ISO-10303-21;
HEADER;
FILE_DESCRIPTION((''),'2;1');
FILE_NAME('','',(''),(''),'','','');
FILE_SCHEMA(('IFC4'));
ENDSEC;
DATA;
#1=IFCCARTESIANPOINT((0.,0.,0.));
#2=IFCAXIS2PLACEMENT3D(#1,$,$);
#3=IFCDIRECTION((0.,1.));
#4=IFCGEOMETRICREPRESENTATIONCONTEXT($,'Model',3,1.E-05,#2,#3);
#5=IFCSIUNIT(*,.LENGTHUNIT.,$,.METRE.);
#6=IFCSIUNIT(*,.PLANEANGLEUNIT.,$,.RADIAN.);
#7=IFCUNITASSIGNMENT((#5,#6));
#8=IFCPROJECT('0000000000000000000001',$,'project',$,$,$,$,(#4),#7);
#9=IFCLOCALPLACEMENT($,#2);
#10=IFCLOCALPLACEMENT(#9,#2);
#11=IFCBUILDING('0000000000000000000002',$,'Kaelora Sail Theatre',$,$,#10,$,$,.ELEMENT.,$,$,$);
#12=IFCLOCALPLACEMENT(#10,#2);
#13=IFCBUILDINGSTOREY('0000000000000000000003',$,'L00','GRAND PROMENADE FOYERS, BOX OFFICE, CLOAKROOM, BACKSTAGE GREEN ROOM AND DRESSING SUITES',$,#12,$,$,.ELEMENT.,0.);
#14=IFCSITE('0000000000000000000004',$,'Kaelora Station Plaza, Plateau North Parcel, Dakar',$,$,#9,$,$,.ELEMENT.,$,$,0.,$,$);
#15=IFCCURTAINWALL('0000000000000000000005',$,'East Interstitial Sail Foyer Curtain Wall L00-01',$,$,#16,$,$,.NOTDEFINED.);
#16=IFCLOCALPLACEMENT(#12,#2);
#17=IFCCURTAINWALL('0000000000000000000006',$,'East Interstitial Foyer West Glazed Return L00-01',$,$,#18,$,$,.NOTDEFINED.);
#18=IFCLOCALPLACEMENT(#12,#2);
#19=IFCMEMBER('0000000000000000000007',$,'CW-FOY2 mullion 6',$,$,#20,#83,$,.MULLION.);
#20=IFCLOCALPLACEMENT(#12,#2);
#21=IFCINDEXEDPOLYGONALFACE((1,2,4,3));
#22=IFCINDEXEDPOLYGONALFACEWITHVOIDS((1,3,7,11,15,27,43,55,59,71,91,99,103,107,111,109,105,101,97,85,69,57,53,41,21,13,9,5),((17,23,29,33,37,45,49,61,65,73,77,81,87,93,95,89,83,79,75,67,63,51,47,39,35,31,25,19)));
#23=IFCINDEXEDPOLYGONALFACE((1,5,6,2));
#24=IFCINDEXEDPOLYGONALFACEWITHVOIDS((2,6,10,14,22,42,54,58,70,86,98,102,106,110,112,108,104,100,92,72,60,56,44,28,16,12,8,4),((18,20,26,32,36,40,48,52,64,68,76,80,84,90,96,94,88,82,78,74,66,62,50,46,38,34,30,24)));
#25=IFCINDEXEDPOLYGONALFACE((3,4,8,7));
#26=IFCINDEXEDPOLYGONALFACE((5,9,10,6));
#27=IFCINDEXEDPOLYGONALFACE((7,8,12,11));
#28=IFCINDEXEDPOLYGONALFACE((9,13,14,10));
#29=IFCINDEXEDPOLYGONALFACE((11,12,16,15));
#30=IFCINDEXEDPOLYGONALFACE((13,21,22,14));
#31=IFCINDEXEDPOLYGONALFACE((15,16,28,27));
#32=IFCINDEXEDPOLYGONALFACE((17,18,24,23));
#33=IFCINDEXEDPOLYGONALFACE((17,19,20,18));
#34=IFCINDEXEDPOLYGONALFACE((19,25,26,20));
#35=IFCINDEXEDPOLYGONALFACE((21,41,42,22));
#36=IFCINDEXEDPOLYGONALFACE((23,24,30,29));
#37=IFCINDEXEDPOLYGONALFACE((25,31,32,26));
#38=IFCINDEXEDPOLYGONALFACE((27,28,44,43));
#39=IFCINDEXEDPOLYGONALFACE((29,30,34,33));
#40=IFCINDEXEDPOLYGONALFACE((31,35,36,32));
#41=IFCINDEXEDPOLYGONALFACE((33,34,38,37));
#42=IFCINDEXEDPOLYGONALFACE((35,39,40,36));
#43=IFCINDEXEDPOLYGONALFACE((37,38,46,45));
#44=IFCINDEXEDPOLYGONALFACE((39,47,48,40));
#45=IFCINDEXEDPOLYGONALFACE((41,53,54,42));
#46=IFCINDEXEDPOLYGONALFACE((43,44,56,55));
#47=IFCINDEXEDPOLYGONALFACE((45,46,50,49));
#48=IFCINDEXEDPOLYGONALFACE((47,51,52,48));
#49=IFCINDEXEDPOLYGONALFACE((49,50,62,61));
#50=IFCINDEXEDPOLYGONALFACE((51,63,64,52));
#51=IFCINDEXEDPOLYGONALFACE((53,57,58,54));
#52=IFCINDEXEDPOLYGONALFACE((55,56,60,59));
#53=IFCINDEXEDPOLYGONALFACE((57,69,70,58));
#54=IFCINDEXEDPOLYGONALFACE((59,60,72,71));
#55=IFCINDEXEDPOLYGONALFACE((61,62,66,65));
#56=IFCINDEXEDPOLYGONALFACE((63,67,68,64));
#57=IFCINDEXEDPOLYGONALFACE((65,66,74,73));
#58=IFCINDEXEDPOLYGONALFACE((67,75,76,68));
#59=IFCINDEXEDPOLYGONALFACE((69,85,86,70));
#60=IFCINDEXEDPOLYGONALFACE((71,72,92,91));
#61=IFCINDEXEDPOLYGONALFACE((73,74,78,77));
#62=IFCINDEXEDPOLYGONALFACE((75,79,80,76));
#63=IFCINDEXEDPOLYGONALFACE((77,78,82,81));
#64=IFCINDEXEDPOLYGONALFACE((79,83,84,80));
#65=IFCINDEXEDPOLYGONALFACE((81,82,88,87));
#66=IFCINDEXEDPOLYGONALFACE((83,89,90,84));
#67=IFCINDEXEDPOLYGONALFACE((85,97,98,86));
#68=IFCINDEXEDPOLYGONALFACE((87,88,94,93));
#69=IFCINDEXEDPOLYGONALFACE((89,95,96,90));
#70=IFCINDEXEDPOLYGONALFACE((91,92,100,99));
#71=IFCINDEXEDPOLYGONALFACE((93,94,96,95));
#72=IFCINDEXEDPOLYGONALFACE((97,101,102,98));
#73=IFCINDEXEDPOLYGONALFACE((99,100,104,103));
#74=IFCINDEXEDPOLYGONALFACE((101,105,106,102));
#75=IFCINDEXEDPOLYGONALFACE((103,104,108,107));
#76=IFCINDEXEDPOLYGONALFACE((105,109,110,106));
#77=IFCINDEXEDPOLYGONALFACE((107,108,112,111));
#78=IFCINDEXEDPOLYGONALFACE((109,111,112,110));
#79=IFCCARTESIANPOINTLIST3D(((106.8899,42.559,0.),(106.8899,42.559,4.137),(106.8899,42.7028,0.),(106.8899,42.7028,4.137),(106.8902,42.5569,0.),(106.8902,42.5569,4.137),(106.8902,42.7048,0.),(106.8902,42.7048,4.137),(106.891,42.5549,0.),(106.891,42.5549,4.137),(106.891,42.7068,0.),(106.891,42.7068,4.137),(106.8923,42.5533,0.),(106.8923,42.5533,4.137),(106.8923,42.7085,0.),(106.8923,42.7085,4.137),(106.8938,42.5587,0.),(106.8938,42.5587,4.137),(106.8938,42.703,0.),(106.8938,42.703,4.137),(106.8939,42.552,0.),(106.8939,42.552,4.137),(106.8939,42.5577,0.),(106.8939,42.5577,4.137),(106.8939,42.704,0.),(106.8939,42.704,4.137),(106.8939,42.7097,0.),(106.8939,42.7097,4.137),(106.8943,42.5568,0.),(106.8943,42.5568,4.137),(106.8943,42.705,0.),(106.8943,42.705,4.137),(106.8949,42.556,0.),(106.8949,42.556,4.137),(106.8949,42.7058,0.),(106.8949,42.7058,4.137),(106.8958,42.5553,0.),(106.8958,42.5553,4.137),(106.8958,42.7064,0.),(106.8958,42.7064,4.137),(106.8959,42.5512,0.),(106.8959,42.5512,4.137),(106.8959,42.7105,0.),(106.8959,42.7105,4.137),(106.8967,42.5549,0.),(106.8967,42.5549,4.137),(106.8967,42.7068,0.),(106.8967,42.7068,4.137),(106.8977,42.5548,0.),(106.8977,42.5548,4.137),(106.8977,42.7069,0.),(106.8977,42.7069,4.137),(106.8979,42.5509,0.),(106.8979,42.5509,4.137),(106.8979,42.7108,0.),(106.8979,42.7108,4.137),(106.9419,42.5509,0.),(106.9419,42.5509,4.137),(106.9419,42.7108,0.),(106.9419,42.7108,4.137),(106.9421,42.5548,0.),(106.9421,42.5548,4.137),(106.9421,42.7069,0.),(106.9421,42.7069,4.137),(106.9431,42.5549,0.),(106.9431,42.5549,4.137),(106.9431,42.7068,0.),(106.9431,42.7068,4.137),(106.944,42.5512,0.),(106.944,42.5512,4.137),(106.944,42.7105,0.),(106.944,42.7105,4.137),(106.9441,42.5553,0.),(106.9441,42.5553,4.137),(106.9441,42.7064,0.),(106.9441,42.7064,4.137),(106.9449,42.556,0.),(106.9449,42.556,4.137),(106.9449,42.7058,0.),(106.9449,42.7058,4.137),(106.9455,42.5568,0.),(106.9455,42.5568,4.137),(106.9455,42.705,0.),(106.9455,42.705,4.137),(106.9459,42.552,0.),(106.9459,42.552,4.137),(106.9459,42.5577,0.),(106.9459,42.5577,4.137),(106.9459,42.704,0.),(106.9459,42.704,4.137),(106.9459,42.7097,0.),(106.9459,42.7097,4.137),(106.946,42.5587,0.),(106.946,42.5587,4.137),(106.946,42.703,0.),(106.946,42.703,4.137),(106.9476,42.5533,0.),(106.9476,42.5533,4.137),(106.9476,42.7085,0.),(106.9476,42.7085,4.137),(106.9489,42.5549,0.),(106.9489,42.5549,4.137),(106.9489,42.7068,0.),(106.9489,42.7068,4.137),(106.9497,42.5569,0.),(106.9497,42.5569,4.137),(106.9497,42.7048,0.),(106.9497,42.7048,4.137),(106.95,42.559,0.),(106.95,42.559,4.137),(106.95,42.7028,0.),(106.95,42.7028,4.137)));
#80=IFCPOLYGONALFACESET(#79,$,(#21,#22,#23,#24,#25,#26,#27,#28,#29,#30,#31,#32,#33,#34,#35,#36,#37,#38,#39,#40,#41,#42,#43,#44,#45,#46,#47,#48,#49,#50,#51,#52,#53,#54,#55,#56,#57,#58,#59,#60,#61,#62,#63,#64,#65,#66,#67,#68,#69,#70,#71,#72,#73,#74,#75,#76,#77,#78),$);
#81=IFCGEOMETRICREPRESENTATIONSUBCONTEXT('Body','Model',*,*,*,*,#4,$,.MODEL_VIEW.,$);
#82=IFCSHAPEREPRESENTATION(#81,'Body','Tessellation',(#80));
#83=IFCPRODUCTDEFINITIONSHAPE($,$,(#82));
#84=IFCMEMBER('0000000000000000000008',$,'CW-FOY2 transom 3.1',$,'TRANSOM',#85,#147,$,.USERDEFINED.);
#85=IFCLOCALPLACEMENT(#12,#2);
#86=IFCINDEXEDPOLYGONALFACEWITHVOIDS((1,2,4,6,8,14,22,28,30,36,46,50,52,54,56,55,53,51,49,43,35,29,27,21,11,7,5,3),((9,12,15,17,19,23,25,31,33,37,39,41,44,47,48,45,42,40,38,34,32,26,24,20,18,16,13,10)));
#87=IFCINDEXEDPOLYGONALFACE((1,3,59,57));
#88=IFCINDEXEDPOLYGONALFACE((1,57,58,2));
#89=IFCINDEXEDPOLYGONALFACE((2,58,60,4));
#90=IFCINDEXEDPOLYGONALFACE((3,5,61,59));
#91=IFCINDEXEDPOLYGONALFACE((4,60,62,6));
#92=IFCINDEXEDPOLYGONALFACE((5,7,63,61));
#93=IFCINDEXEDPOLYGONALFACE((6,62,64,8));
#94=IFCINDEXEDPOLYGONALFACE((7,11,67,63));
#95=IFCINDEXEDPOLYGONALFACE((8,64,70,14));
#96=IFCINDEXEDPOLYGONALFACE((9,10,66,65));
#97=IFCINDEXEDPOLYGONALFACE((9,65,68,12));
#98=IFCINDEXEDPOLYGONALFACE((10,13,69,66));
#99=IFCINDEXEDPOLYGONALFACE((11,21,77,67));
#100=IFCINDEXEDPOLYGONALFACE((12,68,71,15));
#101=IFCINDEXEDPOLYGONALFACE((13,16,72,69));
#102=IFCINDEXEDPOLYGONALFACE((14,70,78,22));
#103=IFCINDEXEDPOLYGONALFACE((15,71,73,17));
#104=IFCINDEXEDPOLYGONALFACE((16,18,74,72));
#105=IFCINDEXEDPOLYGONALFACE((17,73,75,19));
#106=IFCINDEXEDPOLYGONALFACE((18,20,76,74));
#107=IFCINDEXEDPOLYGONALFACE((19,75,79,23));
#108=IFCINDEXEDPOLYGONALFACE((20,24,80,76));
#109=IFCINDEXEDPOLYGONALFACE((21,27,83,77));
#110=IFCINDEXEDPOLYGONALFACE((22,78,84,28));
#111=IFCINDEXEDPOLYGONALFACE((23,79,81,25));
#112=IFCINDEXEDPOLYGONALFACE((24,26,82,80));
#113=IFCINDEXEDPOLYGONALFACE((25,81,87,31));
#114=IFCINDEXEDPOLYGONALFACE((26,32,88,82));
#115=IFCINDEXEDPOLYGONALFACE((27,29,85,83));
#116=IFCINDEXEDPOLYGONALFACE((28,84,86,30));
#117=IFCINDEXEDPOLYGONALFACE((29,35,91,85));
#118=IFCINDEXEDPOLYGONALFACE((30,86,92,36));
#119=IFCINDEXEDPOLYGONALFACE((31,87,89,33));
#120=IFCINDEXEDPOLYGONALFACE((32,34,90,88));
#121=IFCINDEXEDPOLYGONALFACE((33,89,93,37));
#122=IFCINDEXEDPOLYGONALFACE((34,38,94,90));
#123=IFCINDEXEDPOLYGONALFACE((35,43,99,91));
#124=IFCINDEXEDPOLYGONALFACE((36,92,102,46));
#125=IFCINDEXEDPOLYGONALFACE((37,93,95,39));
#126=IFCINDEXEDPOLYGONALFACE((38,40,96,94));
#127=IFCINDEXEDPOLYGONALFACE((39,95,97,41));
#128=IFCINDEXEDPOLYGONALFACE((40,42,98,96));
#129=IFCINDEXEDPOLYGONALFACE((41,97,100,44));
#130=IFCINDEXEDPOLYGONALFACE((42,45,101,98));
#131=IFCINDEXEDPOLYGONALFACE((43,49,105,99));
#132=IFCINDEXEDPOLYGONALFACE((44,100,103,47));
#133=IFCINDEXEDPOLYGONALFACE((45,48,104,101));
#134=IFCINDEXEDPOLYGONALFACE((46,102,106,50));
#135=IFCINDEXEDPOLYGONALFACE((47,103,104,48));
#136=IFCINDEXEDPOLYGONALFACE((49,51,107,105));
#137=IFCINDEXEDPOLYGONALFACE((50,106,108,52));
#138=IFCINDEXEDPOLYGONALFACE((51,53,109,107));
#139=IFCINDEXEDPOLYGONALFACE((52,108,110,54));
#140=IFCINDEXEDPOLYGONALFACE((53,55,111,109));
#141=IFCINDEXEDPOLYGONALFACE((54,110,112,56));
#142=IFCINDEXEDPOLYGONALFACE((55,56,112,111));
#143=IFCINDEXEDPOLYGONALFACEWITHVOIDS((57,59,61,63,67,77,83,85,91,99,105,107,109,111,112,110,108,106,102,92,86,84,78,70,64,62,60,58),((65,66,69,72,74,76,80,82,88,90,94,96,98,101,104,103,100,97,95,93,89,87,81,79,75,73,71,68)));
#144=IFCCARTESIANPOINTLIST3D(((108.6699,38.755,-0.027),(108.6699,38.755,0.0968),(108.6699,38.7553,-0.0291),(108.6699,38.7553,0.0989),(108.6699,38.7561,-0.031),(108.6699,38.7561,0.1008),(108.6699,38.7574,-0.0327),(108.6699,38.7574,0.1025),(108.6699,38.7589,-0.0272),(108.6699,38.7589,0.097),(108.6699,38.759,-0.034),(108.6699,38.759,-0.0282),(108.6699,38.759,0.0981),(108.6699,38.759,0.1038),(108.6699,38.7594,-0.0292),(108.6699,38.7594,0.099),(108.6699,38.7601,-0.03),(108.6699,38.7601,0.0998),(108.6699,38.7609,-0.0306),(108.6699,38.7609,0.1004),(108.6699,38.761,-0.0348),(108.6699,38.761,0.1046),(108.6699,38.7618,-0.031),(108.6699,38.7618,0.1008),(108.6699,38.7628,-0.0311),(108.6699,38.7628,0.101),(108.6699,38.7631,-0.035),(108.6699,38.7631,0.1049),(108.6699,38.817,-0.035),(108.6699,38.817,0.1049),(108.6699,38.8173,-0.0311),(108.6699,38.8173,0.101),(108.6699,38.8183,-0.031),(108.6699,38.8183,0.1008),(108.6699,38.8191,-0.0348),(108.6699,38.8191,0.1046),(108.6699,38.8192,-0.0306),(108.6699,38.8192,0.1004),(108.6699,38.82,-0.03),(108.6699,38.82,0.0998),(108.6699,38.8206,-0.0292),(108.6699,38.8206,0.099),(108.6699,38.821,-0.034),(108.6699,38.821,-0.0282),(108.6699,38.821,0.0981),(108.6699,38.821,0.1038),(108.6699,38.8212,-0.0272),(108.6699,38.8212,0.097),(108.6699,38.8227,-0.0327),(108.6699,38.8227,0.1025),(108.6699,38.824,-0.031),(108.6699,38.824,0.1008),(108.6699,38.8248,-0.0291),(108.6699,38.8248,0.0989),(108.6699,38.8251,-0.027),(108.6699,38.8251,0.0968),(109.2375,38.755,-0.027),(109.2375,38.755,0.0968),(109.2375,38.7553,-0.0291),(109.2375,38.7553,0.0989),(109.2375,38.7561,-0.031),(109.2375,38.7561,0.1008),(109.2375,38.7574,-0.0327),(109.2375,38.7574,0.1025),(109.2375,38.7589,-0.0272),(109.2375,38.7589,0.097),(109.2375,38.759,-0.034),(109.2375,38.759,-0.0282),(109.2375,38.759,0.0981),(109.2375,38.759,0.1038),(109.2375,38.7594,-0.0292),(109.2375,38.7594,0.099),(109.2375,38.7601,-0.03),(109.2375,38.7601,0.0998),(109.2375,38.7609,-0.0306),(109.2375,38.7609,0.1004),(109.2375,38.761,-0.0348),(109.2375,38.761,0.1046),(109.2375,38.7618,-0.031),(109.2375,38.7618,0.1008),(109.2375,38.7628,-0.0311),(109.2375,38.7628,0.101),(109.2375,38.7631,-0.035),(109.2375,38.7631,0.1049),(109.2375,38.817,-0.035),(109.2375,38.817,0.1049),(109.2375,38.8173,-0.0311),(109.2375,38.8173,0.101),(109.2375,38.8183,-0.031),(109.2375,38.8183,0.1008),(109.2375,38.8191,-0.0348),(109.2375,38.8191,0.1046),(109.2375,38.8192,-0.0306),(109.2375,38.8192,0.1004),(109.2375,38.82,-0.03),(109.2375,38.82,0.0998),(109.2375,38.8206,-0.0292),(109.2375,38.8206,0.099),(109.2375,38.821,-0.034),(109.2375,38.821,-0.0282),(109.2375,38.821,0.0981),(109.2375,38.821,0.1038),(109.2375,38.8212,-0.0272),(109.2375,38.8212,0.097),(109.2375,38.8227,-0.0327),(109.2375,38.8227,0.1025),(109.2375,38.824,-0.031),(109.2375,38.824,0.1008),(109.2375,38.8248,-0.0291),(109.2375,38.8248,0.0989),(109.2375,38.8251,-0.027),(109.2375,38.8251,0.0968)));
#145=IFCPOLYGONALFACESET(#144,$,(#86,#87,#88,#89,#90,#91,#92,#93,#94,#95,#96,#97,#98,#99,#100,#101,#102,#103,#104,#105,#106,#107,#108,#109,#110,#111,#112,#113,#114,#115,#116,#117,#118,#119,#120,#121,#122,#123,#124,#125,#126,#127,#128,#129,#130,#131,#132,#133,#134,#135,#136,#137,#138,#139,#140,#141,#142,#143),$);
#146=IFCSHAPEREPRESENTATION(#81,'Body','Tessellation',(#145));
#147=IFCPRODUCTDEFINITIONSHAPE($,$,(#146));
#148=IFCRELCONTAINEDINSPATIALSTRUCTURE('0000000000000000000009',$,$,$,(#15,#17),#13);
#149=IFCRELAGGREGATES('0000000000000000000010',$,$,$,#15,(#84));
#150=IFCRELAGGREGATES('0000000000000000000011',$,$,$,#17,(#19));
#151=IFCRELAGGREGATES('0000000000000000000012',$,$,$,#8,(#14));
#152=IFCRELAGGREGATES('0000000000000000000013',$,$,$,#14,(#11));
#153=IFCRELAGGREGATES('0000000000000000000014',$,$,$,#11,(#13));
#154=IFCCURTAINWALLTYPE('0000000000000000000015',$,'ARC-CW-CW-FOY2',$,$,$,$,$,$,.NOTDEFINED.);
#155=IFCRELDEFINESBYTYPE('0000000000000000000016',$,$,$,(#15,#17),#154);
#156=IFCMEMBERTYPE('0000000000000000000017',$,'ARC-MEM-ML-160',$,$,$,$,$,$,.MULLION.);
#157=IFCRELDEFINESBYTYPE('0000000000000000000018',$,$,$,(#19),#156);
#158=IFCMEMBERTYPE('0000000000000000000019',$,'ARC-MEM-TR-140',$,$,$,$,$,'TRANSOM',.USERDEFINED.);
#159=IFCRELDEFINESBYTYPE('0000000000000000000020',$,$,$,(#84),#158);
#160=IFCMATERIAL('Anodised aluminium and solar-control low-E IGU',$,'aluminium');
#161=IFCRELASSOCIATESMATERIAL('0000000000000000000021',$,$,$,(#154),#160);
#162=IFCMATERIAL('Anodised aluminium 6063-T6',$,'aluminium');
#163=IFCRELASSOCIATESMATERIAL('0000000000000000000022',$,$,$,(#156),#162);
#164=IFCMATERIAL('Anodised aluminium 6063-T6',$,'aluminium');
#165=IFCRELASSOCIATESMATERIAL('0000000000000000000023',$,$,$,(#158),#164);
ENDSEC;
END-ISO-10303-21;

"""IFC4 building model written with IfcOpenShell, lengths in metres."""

from ifc_helpers import new_model, si_unit, direction, frame, origin, origin_2d, place, context, subcontext, project, spatial, hollow_rectangle, extrude, material, material_profile, profile_set, type_object, element, aggregate, save


model = new_model("IFC4")

# Units and contexts
model_context = context("Model", 3, precision=1e-05, world=origin(), true_north=direction((0.0, 1.0)))
body_context = subcontext(model_context, "Body", "Model", "MODEL_VIEW")
ifc_project = project(units=[si_unit("LENGTHUNIT", "METRE"), si_unit("PLANEANGLEUNIT", "RADIAN")], contexts=[model_context])

# Site, building, storey
site_placement = place(None, origin())
site = spatial("IfcSite", under=ifc_project, at=site_placement, Name="Kaelora Station Plaza, Plateau North Parcel, Dakar", CompositionType="ELEMENT", RefElevation=0.0)
building_placement = place(site_placement, origin())
building = spatial("IfcBuilding", under=site, at=building_placement, Name="Kaelora Sail Theatre", CompositionType="ELEMENT")
storey_placement = place(building_placement, origin())
storey = spatial("IfcBuildingStorey", under=building, at=storey_placement, Name="L00", Description="GRAND PROMENADE FOYERS, BOX OFFICE, CLOAKROOM, BACKSTAGE GREEN ROOM AND DRESSING SUITES", CompositionType="ELEMENT", Elevation=0.0)

# Curtain wall
ifc_material_1 = material(Name="Anodised aluminium and solar-control low-E IGU", Category="aluminium")
curtain_wall_type = type_object("IfcCurtainWallType", Name="ARC-CW-CW-FOY2", PredefinedType="NOTDEFINED", material=ifc_material_1)
curtain_wall_1_placement = place(storey_placement, origin())
curtain_wall_1 = element("IfcCurtainWall", 1, at=curtain_wall_1_placement, inside=storey, type_object=curtain_wall_type, Name="East Interstitial Sail Foyer Curtain Wall L00-01", PredefinedType="NOTDEFINED")
ifc_material_2 = material(Name="Anodised aluminium 6063-T6", Category="aluminium")
ifc_material_profile_1 = material_profile(ifc_material_2, hollow_rectangle(XDim=0.0601, YDim=0.1599, WallThickness=0.0039, InnerFilletRadius=0.0039, OuterFilletRadius=0.0081, at=origin_2d()), Name="ALU-MULL 60x160x4")
ifc_profile_set_1 = profile_set([ifc_material_profile_1], Name="Anodised aluminium 6063-T6")
member_type_1 = type_object("IfcMemberType", Name="ARC-MEM-ML-160", PredefinedType="MULLION", material=ifc_profile_set_1)

# Curtain wall, member
curtain_wall_2_placement = place(storey_placement, origin())
curtain_wall_2 = element("IfcCurtainWall", 2, at=curtain_wall_2_placement, inside=storey, type_object=curtain_wall_type, Name="East Interstitial Foyer West Glazed Return L00-01", PredefinedType="NOTDEFINED")
member_1_placement = place(storey_placement, frame((106.9199, 42.6309, 0.0), z_axis=(0.0, 0.0, 1.0), x_axis=(-1.0, 0.0, 0.0)))
member_1 = element("IfcMember", 3, at=member_1_placement, type_object=member_type_1, Name="CW-FOY2 mullion 6", PredefinedType="MULLION", context=body_context, shape_type="SweptSolid", body=[
    extrude(hollow_rectangle(XDim=0.0601, YDim=0.1599, WallThickness=0.0039, InnerFilletRadius=0.0039, OuterFilletRadius=0.0081, at=origin_2d()), origin(), (0.0, 0.0, 1.0), 4.137),
])

# Member
ifc_material_3 = material(Name="Anodised aluminium 6063-T6", Category="aluminium")
ifc_material_profile_2 = material_profile(ifc_material_3, hollow_rectangle(XDim=0.0701, YDim=0.1399, WallThickness=0.0039, InnerFilletRadius=0.0039, OuterFilletRadius=0.0081, at=origin_2d()), Name="ALU-TRAN 70x140x4")
ifc_profile_set_2 = profile_set([ifc_material_profile_2], Name="Anodised aluminium 6063-T6")
member_type_2 = type_object("IfcMemberType", Name="ARC-MEM-TR-140", ElementType="TRANSOM", PredefinedType="USERDEFINED", material=ifc_profile_set_2)
member_2_placement = place(storey_placement, frame((108.6699, 38.79, 0.0349), z_axis=(1.0, 0.0, 0.0), x_axis=(0.0, 1.0, 0.0)))
member_2 = element("IfcMember", 4, at=member_2_placement, type_object=member_type_2, Name="CW-FOY2 transom 3.1", ObjectType="TRANSOM", PredefinedType="USERDEFINED", context=body_context, shape_type="SweptSolid", body=[
    extrude(hollow_rectangle(XDim=0.0701, YDim=0.1399, WallThickness=0.0039, InnerFilletRadius=0.0039, OuterFilletRadius=0.0081, at=origin_2d()), origin(), (0.0, 0.0, 1.0), 0.5676),
])

aggregate(curtain_wall_1, [member_2])
aggregate(curtain_wall_2, [member_1])

save(model, "model.ifc")
